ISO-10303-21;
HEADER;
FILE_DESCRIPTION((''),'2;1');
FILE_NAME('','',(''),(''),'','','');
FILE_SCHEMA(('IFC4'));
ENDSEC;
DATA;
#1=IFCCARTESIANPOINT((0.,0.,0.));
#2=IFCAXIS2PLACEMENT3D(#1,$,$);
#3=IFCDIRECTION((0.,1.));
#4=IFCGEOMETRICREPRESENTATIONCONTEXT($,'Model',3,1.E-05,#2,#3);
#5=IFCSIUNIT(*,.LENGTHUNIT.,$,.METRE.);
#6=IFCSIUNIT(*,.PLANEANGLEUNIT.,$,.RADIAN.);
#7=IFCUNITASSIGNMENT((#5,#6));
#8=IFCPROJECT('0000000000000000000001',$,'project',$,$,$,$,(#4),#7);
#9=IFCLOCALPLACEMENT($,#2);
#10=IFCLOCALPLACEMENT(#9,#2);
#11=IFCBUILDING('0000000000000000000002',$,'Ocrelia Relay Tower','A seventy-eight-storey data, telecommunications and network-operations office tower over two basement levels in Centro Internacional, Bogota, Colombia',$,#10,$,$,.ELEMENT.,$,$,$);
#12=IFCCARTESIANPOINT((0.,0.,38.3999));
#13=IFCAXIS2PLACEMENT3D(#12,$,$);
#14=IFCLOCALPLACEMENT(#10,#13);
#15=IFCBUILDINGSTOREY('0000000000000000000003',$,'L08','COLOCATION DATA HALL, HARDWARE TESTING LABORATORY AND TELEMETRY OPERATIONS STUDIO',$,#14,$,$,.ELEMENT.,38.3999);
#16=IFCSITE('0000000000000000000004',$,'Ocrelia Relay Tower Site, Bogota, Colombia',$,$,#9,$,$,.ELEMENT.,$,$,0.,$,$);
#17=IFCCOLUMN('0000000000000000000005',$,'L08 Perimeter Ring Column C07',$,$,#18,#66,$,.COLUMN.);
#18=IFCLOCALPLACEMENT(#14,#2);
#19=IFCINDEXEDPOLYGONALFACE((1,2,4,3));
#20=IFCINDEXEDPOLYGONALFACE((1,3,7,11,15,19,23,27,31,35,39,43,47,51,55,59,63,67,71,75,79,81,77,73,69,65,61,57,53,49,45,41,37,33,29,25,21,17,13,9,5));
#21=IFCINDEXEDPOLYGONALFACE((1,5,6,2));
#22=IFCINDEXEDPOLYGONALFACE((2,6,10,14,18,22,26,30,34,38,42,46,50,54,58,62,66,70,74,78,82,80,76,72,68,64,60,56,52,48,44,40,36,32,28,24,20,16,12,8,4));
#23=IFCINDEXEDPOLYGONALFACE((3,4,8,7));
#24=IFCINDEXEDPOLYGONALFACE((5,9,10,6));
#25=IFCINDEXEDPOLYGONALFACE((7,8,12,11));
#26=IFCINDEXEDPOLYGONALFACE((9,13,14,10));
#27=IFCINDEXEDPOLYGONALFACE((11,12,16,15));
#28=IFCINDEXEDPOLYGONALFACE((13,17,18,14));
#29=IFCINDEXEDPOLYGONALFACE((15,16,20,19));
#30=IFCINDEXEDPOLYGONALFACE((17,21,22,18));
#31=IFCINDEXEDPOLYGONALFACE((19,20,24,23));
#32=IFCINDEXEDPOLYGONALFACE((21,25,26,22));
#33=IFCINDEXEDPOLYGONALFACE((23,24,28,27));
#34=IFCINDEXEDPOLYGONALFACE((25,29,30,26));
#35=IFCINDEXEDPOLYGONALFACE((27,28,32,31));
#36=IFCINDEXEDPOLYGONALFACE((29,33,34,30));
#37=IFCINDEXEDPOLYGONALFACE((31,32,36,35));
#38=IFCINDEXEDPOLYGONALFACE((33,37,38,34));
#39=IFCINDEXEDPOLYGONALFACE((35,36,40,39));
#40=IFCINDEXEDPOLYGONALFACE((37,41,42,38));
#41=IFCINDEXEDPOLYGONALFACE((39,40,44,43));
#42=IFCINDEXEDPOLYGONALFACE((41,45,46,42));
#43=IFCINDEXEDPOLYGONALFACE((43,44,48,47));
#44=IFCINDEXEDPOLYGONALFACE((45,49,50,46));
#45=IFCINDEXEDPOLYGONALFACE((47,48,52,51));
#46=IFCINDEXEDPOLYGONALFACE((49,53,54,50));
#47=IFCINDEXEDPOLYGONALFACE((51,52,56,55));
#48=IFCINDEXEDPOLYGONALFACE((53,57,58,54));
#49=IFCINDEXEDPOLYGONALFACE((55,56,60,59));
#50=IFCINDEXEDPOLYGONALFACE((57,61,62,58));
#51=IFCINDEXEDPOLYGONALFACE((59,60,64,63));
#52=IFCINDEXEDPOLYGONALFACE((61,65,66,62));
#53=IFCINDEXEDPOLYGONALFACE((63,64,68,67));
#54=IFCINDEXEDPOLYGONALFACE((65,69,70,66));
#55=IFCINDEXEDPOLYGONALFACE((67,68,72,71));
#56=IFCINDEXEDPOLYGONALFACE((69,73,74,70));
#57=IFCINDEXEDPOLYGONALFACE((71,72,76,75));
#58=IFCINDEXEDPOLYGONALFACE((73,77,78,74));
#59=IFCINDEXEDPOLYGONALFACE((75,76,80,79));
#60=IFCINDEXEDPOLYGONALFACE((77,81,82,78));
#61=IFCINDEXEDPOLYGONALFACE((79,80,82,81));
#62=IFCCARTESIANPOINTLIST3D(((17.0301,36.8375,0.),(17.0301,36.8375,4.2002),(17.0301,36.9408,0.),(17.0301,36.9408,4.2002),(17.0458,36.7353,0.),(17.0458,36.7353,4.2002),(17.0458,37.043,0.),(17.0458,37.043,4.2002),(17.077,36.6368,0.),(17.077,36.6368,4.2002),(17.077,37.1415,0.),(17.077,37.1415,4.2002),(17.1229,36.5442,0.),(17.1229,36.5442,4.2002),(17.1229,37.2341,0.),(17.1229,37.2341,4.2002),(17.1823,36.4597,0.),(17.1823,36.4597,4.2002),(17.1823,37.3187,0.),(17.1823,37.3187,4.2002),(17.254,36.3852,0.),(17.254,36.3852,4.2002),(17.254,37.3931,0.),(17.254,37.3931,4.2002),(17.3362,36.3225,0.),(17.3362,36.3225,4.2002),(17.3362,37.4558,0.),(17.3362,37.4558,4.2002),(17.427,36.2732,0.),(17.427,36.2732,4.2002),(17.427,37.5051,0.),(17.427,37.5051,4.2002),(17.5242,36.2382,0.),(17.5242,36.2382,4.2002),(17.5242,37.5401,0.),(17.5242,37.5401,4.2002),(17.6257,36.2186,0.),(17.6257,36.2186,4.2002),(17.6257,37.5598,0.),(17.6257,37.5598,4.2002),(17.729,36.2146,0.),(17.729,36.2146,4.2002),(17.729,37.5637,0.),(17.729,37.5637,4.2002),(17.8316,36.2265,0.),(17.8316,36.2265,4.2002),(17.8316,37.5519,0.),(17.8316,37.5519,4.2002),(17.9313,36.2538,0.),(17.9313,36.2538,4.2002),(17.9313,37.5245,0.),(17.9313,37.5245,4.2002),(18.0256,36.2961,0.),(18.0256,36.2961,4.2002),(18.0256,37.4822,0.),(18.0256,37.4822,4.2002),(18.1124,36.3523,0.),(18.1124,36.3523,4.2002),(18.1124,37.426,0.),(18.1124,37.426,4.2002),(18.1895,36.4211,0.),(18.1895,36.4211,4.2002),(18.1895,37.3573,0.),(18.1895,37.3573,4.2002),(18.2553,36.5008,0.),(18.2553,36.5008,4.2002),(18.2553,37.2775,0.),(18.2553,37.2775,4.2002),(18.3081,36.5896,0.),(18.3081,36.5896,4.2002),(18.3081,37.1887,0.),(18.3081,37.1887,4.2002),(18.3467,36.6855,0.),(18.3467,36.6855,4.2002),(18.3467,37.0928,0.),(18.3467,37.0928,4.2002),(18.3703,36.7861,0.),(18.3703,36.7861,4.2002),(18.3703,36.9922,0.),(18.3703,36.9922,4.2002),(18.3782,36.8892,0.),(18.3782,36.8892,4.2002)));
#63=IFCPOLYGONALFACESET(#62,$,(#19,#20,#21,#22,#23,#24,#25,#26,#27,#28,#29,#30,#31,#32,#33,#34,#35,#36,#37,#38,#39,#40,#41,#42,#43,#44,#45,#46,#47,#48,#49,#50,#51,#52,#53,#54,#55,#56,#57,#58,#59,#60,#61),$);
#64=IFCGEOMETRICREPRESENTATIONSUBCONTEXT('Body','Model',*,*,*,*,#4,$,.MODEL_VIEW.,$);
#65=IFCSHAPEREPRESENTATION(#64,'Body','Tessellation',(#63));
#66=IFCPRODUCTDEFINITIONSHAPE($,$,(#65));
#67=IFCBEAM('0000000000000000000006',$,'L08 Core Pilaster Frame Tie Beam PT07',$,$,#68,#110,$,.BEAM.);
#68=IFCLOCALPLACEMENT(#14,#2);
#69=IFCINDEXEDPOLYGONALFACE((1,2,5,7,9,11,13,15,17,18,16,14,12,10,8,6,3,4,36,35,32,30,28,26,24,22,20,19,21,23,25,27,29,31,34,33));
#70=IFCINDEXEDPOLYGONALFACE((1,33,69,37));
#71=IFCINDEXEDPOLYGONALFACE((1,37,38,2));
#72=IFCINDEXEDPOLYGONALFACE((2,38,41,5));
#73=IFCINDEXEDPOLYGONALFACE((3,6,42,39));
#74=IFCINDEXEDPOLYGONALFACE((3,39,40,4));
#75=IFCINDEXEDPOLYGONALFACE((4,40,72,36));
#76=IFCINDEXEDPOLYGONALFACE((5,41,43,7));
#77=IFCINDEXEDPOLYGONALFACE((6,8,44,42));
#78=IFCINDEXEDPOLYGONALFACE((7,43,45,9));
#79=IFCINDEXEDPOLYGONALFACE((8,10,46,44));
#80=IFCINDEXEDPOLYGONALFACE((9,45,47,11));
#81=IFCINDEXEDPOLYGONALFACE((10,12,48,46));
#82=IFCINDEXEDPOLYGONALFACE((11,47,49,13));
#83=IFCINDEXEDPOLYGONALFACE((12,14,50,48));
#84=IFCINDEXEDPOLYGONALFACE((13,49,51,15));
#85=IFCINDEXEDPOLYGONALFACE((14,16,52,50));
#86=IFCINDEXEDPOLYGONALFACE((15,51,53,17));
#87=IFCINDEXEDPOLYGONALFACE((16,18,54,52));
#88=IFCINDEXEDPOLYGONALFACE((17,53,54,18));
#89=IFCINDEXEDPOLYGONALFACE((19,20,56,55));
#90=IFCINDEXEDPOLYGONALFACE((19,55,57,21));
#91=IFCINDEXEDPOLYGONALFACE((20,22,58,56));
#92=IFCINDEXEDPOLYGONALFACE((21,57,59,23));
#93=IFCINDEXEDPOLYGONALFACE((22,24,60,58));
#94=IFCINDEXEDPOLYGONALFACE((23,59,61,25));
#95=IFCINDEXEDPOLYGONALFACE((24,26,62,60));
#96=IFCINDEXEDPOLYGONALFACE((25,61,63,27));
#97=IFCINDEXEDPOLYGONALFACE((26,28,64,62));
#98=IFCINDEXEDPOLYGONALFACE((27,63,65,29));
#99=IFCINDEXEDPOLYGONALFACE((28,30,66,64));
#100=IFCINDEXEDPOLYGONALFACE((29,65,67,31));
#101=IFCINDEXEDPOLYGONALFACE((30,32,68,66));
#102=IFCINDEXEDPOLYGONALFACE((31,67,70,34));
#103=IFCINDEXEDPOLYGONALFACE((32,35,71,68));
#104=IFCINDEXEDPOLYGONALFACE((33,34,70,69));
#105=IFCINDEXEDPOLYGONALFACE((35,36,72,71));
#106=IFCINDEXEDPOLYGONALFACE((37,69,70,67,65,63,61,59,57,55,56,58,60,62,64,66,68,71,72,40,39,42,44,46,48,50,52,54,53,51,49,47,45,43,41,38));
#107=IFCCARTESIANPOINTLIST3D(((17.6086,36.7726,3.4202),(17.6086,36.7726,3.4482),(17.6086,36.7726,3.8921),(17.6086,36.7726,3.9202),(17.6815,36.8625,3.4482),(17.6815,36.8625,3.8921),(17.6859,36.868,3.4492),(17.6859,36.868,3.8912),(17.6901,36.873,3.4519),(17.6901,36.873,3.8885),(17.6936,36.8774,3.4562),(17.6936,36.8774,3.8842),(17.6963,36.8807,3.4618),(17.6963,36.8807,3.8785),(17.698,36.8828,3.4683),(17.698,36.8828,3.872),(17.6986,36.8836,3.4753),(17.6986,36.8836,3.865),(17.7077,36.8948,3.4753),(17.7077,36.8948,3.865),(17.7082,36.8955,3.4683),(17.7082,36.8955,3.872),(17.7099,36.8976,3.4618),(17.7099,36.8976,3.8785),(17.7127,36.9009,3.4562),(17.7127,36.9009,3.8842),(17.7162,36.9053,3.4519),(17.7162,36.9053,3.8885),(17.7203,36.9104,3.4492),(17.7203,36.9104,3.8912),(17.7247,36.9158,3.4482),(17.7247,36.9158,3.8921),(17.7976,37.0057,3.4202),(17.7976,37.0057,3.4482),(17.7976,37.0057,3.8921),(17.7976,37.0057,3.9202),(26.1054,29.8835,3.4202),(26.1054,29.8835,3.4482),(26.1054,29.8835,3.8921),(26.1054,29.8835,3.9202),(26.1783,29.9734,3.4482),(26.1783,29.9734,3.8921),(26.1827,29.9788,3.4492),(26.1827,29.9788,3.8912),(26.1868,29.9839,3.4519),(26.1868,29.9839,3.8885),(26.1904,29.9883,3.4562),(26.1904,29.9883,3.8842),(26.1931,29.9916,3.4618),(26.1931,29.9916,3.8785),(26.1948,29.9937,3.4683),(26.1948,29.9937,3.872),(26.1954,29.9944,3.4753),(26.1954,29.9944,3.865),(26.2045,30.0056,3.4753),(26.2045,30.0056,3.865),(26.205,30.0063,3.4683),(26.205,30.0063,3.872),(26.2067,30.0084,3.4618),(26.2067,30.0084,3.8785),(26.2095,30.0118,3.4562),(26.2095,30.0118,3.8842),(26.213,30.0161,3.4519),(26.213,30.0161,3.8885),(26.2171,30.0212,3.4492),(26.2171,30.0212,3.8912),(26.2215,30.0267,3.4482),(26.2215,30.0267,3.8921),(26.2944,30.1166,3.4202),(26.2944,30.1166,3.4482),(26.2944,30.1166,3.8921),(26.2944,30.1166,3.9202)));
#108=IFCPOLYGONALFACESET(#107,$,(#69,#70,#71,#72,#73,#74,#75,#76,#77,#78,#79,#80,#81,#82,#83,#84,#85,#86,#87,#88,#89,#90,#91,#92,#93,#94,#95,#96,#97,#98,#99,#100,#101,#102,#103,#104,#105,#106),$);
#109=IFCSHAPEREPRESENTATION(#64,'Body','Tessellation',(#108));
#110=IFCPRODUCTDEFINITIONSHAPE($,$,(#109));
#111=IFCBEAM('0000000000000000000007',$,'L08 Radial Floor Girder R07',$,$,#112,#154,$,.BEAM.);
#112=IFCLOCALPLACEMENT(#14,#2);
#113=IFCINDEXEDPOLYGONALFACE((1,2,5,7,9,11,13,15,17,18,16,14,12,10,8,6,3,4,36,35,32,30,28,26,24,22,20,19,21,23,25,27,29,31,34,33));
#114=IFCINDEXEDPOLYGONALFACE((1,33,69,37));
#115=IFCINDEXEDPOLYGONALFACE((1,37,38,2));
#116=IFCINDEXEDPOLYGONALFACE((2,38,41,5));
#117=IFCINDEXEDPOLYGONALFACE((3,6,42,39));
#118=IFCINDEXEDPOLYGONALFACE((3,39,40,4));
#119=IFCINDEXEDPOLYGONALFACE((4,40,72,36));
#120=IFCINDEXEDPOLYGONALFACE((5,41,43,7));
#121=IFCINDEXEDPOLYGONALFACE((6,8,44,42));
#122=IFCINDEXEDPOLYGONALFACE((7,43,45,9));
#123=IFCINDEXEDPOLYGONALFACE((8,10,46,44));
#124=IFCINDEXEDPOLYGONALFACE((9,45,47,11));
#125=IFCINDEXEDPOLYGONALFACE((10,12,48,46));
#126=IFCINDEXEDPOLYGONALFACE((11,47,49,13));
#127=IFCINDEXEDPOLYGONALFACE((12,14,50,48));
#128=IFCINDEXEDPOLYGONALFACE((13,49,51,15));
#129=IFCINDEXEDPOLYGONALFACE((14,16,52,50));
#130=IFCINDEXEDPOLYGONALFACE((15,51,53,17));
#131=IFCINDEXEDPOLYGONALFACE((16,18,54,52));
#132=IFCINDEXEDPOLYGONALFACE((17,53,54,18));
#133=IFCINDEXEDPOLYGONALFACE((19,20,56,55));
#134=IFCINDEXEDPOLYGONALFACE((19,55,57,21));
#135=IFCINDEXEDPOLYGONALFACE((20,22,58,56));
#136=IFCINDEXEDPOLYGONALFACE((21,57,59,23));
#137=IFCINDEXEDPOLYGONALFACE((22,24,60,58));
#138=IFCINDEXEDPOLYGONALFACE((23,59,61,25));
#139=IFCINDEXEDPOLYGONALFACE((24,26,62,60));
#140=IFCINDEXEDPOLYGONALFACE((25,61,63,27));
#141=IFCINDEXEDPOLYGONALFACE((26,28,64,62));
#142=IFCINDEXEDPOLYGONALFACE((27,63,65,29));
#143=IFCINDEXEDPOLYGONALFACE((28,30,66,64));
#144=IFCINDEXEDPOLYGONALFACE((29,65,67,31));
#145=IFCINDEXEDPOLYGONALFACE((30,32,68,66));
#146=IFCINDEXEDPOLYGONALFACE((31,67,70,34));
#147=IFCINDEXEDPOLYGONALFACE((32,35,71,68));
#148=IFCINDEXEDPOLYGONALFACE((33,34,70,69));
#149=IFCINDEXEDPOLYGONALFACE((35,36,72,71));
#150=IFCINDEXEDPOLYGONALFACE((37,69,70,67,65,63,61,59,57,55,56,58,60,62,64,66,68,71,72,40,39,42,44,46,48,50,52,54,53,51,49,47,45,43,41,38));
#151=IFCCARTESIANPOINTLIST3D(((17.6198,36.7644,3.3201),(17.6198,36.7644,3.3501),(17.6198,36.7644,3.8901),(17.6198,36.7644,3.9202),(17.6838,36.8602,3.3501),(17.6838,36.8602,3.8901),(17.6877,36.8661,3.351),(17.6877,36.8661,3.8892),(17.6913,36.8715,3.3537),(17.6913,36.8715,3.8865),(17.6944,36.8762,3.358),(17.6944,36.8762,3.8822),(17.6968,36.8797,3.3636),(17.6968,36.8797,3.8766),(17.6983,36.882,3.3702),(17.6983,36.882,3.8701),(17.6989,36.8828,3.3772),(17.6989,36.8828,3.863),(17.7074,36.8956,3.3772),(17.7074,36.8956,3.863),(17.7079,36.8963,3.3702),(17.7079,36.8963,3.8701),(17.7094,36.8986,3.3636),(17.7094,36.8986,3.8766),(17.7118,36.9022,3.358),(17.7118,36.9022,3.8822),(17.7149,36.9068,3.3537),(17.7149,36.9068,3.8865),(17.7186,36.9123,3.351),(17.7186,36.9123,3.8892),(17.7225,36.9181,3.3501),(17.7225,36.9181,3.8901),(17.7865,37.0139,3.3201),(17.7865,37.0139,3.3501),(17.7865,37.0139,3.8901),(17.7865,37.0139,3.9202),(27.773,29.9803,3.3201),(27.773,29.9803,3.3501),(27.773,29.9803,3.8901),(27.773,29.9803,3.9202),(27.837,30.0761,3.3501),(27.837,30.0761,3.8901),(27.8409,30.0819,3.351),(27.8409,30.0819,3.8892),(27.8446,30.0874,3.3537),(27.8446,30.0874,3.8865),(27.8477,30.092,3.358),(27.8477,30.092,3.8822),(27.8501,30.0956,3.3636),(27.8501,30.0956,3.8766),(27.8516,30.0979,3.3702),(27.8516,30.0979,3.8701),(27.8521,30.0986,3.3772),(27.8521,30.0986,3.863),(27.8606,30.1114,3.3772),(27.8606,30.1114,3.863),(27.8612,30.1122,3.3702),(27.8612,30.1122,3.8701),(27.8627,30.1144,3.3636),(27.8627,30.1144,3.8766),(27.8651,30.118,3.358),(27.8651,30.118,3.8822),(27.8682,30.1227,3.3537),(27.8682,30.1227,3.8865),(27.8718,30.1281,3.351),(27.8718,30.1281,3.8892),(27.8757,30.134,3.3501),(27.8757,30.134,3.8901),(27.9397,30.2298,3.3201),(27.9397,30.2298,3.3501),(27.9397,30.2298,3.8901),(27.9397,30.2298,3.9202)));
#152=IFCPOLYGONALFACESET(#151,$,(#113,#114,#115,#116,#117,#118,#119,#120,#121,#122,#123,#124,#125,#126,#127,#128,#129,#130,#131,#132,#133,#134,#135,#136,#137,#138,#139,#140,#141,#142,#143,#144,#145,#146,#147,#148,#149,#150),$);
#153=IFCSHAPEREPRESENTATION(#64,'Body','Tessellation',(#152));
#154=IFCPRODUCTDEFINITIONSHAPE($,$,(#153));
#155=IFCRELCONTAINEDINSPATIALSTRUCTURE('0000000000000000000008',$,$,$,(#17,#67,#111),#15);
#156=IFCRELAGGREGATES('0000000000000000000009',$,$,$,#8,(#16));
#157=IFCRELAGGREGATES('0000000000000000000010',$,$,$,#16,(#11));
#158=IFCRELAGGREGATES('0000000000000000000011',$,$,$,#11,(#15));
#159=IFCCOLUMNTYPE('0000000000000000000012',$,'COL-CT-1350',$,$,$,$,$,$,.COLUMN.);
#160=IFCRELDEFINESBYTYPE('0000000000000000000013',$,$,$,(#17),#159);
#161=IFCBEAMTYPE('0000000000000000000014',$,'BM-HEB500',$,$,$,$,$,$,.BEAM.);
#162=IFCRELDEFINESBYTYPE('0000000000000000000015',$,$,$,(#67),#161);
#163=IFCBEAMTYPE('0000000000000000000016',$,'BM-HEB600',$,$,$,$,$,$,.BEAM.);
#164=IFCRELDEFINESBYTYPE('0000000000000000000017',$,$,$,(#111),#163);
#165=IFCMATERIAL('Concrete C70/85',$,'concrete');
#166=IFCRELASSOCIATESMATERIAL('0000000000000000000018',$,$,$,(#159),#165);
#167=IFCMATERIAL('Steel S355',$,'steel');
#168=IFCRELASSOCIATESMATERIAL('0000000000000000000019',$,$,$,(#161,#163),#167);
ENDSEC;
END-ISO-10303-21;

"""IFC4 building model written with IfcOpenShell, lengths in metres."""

from ifc_helpers import new_model, si_unit, direction, frame, origin, origin_2d, place, context, subcontext, project, spatial, circle, i_section, extrude, material, material_profile, profile_set, type_object, element, save


model = new_model("IFC4")

# Units and contexts
model_context = context("Model", 3, precision=1e-05, world=origin(), true_north=direction((0.0, 1.0)))
body_context = subcontext(model_context, "Body", "Model", "MODEL_VIEW")
ifc_project = project(units=[si_unit("LENGTHUNIT", "METRE"), si_unit("PLANEANGLEUNIT", "RADIAN")], contexts=[model_context])

# Site, building, storey
site_placement = place(None, origin())
site = spatial("IfcSite", under=ifc_project, at=site_placement, Name="Ocrelia Relay Tower Site, Bogota, Colombia", CompositionType="ELEMENT", RefElevation=0.0)
building_placement = place(site_placement, origin())
building = spatial("IfcBuilding", under=site, at=building_placement, Name="Ocrelia Relay Tower", Description="A seventy-eight-storey data, telecommunications and network-operations office tower over two basement levels in Centro Internacional, Bogota, Colombia", CompositionType="ELEMENT")
storey_placement = place(building_placement, frame((0.0, 0.0, 38.3999)))
storey = spatial("IfcBuildingStorey", under=building, at=storey_placement, Name="L08", Description="COLOCATION DATA HALL, HARDWARE TESTING LABORATORY AND TELEMETRY OPERATIONS STUDIO", CompositionType="ELEMENT", Elevation=38.3999)

# Column
ifc_material_1 = material(Name="Concrete C70/85", Category="concrete")
ifc_material_profile_1 = material_profile(ifc_material_1, circle(Radius=0.675, at=origin_2d()), Name="RC-CIR-1350")
ifc_profile_set_1 = profile_set([ifc_material_profile_1], Name="Concrete C70/85")
column_type = type_object("IfcColumnType", Name="COL-CT-1350", PredefinedType="COLUMN", material=ifc_profile_set_1)
column_placement = place(storey_placement, frame((17.7031, 36.8892, 0.0), z_axis=(0.0, 0.0, 1.0), x_axis=(1.0, 0.0, 0.0)))
element("IfcColumn", 1, at=column_placement, inside=storey, type_object=column_type, Name="L08 Perimeter Ring Column C07", PredefinedType="COLUMN", context=body_context, shape_type="SweptSolid", body=[
    extrude(circle(Radius=0.675, at=origin_2d()), origin(), (0.0, 0.0, 1.0), 4.2002),
])

# Beams
ifc_material_2 = material(Name="Steel S355", Category="steel")
ifc_material_profile_2 = material_profile(ifc_material_2, i_section(OverallWidth=0.3, OverallDepth=0.5, WebThickness=0.0144, FlangeThickness=0.0281, FilletRadius=0.0271, at=origin_2d()), Name="HEB 500")
ifc_profile_set_2 = profile_set([ifc_material_profile_2], Name="Steel S355")
beam_type_1 = type_object("IfcBeamType", Name="BM-HEB500", PredefinedType="BEAM", material=ifc_profile_set_2)
beam_1_placement = place(storey_placement, frame((17.7031, 36.8892, 3.6702), z_axis=(0.776763, -0.629793, 0.0), x_axis=(0.629793, 0.776763, 0.0)))
element("IfcBeam", 2, at=beam_1_placement, inside=storey, type_object=beam_type_1, Name="L08 Core Pilaster Frame Tie Beam PT07", PredefinedType="BEAM", context=body_context, shape_type="SweptSolid", body=[
    extrude(i_section(OverallWidth=0.3, OverallDepth=0.5, WebThickness=0.0144, FlangeThickness=0.0281, FilletRadius=0.0271, at=origin_2d()), origin(), (0.0, 0.0, 1.0), 10.9387),
])
ifc_material_profile_3 = material_profile(ifc_material_2, i_section(OverallWidth=0.3, OverallDepth=0.6001, WebThickness=0.0154, FlangeThickness=0.03, FilletRadius=0.0271, at=origin_2d()), Name="HEB 600")
ifc_profile_set_3 = profile_set([ifc_material_profile_3], Name="Steel S355")
beam_type_2 = type_object("IfcBeamType", Name="BM-HEB600", PredefinedType="BEAM", material=ifc_profile_set_3)
beam_2_placement = place(storey_placement, frame((17.7031, 36.8892, 3.6201), z_axis=(0.831472, -0.555567, 0.0), x_axis=(0.555567, 0.831472, 0.0)))
element("IfcBeam", 3, at=beam_2_placement, inside=storey, type_object=beam_type_2, Name="L08 Radial Floor Girder R07", PredefinedType="BEAM", context=body_context, shape_type="SweptSolid", body=[
    extrude(i_section(OverallWidth=0.3, OverallDepth=0.6001, WebThickness=0.0154, FlangeThickness=0.03, FilletRadius=0.0271, at=origin_2d()), origin(), (0.0, 0.0, 1.0), 12.2112),
])

save(model, "model.ifc")
